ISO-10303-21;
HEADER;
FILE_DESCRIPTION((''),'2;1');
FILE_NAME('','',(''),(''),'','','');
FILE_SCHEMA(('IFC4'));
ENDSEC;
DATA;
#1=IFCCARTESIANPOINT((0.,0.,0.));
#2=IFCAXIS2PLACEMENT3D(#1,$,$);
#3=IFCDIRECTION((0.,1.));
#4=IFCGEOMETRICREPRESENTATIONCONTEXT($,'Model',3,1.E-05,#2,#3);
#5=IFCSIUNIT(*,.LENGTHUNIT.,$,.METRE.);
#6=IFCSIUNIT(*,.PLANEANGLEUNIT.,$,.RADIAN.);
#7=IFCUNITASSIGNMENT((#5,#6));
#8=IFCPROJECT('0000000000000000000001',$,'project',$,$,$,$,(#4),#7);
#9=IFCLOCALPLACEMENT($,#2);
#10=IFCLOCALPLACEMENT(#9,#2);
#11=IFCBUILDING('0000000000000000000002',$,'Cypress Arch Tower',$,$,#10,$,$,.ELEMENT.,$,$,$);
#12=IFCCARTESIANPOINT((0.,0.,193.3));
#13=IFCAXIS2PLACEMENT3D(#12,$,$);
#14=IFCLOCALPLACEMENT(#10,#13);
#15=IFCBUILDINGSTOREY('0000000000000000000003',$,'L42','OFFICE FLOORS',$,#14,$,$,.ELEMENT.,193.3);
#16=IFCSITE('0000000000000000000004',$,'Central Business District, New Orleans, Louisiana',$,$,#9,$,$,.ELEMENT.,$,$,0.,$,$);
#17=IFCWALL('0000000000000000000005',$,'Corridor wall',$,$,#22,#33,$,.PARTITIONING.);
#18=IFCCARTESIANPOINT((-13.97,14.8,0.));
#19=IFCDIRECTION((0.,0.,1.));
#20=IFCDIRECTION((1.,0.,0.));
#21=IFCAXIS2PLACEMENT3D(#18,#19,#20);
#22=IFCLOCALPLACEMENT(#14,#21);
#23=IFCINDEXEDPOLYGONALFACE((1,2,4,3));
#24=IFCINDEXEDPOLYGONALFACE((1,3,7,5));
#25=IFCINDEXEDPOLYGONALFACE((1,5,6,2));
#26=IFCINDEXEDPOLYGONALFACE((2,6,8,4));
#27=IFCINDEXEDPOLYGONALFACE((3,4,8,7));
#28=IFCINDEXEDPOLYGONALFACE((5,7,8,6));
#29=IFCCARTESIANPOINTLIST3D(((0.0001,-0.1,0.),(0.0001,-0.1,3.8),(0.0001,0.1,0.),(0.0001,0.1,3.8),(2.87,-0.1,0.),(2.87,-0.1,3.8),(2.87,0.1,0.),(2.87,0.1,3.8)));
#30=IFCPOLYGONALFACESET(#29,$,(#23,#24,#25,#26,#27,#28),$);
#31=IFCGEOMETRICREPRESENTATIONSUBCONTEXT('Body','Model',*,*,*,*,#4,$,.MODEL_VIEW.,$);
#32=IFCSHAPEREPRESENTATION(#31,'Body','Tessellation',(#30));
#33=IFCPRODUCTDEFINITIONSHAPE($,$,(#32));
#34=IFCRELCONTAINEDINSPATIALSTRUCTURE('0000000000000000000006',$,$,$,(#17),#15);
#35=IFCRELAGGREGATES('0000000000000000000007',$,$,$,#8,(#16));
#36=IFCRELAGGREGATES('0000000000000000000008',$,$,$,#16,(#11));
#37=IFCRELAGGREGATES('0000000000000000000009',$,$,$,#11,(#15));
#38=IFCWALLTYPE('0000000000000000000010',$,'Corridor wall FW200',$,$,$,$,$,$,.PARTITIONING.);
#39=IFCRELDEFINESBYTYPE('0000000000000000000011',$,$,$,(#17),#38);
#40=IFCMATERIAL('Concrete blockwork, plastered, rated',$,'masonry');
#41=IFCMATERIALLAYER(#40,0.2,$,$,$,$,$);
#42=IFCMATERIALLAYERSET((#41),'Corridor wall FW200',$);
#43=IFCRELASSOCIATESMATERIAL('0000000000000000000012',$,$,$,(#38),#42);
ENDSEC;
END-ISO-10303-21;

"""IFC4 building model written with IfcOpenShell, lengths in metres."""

from ifc_helpers import new_model, si_unit, direction, frame, frame_2d, origin, place, context, subcontext, project, spatial, rectangle, extrude, material, layer, layer_set, type_object, element, save


model = new_model("IFC4")

# Units and contexts
model_context = context("Model", 3, precision=1e-05, world=origin(), true_north=direction((0.0, 1.0)))
body_context = subcontext(model_context, "Body", "Model", "MODEL_VIEW")
ifc_project = project(units=[si_unit("LENGTHUNIT", "METRE"), si_unit("PLANEANGLEUNIT", "RADIAN")], contexts=[model_context])

# Site, building, storey
site_placement = place(None, origin())
site = spatial("IfcSite", under=ifc_project, at=site_placement, Name="Central Business District, New Orleans, Louisiana", CompositionType="ELEMENT", RefElevation=0.0)
building_placement = place(site_placement, origin())
building = spatial("IfcBuilding", under=site, at=building_placement, Name="Cypress Arch Tower", CompositionType="ELEMENT")
storey_placement = place(building_placement, frame((0.0, 0.0, 193.3)))
storey = spatial("IfcBuildingStorey", under=building, at=storey_placement, Name="L42", Description="OFFICE FLOORS", CompositionType="ELEMENT", Elevation=193.3)

# Wall
ifc_material_1 = material(Name="Concrete blockwork, plastered, rated", Category="masonry")
ifc_layer_1 = layer(ifc_material_1, 0.2)
ifc_layer_set_1 = layer_set([ifc_layer_1], Name="Corridor wall FW200")
wall_type_1 = type_object("IfcWallType", Name="Corridor wall FW200", PredefinedType="PARTITIONING", material=ifc_layer_set_1)
wall_1_placement = place(storey_placement, frame((-13.97, 14.8, 0.0), z_axis=(0.0, 0.0, 1.0), x_axis=(1.0, 0.0, 0.0)))
element("IfcWall", 1, at=wall_1_placement, inside=storey, type_object=wall_type_1, Name="Corridor wall", PredefinedType="PARTITIONING", context=body_context, shape_type="SweptSolid", body=[
    extrude(rectangle(XDim=2.8699, YDim=0.2, at=frame_2d((1.4351, 0.0))), origin(), (0.0, 0.0, 1.0), 3.8),
])

save(model, "model.ifc")
